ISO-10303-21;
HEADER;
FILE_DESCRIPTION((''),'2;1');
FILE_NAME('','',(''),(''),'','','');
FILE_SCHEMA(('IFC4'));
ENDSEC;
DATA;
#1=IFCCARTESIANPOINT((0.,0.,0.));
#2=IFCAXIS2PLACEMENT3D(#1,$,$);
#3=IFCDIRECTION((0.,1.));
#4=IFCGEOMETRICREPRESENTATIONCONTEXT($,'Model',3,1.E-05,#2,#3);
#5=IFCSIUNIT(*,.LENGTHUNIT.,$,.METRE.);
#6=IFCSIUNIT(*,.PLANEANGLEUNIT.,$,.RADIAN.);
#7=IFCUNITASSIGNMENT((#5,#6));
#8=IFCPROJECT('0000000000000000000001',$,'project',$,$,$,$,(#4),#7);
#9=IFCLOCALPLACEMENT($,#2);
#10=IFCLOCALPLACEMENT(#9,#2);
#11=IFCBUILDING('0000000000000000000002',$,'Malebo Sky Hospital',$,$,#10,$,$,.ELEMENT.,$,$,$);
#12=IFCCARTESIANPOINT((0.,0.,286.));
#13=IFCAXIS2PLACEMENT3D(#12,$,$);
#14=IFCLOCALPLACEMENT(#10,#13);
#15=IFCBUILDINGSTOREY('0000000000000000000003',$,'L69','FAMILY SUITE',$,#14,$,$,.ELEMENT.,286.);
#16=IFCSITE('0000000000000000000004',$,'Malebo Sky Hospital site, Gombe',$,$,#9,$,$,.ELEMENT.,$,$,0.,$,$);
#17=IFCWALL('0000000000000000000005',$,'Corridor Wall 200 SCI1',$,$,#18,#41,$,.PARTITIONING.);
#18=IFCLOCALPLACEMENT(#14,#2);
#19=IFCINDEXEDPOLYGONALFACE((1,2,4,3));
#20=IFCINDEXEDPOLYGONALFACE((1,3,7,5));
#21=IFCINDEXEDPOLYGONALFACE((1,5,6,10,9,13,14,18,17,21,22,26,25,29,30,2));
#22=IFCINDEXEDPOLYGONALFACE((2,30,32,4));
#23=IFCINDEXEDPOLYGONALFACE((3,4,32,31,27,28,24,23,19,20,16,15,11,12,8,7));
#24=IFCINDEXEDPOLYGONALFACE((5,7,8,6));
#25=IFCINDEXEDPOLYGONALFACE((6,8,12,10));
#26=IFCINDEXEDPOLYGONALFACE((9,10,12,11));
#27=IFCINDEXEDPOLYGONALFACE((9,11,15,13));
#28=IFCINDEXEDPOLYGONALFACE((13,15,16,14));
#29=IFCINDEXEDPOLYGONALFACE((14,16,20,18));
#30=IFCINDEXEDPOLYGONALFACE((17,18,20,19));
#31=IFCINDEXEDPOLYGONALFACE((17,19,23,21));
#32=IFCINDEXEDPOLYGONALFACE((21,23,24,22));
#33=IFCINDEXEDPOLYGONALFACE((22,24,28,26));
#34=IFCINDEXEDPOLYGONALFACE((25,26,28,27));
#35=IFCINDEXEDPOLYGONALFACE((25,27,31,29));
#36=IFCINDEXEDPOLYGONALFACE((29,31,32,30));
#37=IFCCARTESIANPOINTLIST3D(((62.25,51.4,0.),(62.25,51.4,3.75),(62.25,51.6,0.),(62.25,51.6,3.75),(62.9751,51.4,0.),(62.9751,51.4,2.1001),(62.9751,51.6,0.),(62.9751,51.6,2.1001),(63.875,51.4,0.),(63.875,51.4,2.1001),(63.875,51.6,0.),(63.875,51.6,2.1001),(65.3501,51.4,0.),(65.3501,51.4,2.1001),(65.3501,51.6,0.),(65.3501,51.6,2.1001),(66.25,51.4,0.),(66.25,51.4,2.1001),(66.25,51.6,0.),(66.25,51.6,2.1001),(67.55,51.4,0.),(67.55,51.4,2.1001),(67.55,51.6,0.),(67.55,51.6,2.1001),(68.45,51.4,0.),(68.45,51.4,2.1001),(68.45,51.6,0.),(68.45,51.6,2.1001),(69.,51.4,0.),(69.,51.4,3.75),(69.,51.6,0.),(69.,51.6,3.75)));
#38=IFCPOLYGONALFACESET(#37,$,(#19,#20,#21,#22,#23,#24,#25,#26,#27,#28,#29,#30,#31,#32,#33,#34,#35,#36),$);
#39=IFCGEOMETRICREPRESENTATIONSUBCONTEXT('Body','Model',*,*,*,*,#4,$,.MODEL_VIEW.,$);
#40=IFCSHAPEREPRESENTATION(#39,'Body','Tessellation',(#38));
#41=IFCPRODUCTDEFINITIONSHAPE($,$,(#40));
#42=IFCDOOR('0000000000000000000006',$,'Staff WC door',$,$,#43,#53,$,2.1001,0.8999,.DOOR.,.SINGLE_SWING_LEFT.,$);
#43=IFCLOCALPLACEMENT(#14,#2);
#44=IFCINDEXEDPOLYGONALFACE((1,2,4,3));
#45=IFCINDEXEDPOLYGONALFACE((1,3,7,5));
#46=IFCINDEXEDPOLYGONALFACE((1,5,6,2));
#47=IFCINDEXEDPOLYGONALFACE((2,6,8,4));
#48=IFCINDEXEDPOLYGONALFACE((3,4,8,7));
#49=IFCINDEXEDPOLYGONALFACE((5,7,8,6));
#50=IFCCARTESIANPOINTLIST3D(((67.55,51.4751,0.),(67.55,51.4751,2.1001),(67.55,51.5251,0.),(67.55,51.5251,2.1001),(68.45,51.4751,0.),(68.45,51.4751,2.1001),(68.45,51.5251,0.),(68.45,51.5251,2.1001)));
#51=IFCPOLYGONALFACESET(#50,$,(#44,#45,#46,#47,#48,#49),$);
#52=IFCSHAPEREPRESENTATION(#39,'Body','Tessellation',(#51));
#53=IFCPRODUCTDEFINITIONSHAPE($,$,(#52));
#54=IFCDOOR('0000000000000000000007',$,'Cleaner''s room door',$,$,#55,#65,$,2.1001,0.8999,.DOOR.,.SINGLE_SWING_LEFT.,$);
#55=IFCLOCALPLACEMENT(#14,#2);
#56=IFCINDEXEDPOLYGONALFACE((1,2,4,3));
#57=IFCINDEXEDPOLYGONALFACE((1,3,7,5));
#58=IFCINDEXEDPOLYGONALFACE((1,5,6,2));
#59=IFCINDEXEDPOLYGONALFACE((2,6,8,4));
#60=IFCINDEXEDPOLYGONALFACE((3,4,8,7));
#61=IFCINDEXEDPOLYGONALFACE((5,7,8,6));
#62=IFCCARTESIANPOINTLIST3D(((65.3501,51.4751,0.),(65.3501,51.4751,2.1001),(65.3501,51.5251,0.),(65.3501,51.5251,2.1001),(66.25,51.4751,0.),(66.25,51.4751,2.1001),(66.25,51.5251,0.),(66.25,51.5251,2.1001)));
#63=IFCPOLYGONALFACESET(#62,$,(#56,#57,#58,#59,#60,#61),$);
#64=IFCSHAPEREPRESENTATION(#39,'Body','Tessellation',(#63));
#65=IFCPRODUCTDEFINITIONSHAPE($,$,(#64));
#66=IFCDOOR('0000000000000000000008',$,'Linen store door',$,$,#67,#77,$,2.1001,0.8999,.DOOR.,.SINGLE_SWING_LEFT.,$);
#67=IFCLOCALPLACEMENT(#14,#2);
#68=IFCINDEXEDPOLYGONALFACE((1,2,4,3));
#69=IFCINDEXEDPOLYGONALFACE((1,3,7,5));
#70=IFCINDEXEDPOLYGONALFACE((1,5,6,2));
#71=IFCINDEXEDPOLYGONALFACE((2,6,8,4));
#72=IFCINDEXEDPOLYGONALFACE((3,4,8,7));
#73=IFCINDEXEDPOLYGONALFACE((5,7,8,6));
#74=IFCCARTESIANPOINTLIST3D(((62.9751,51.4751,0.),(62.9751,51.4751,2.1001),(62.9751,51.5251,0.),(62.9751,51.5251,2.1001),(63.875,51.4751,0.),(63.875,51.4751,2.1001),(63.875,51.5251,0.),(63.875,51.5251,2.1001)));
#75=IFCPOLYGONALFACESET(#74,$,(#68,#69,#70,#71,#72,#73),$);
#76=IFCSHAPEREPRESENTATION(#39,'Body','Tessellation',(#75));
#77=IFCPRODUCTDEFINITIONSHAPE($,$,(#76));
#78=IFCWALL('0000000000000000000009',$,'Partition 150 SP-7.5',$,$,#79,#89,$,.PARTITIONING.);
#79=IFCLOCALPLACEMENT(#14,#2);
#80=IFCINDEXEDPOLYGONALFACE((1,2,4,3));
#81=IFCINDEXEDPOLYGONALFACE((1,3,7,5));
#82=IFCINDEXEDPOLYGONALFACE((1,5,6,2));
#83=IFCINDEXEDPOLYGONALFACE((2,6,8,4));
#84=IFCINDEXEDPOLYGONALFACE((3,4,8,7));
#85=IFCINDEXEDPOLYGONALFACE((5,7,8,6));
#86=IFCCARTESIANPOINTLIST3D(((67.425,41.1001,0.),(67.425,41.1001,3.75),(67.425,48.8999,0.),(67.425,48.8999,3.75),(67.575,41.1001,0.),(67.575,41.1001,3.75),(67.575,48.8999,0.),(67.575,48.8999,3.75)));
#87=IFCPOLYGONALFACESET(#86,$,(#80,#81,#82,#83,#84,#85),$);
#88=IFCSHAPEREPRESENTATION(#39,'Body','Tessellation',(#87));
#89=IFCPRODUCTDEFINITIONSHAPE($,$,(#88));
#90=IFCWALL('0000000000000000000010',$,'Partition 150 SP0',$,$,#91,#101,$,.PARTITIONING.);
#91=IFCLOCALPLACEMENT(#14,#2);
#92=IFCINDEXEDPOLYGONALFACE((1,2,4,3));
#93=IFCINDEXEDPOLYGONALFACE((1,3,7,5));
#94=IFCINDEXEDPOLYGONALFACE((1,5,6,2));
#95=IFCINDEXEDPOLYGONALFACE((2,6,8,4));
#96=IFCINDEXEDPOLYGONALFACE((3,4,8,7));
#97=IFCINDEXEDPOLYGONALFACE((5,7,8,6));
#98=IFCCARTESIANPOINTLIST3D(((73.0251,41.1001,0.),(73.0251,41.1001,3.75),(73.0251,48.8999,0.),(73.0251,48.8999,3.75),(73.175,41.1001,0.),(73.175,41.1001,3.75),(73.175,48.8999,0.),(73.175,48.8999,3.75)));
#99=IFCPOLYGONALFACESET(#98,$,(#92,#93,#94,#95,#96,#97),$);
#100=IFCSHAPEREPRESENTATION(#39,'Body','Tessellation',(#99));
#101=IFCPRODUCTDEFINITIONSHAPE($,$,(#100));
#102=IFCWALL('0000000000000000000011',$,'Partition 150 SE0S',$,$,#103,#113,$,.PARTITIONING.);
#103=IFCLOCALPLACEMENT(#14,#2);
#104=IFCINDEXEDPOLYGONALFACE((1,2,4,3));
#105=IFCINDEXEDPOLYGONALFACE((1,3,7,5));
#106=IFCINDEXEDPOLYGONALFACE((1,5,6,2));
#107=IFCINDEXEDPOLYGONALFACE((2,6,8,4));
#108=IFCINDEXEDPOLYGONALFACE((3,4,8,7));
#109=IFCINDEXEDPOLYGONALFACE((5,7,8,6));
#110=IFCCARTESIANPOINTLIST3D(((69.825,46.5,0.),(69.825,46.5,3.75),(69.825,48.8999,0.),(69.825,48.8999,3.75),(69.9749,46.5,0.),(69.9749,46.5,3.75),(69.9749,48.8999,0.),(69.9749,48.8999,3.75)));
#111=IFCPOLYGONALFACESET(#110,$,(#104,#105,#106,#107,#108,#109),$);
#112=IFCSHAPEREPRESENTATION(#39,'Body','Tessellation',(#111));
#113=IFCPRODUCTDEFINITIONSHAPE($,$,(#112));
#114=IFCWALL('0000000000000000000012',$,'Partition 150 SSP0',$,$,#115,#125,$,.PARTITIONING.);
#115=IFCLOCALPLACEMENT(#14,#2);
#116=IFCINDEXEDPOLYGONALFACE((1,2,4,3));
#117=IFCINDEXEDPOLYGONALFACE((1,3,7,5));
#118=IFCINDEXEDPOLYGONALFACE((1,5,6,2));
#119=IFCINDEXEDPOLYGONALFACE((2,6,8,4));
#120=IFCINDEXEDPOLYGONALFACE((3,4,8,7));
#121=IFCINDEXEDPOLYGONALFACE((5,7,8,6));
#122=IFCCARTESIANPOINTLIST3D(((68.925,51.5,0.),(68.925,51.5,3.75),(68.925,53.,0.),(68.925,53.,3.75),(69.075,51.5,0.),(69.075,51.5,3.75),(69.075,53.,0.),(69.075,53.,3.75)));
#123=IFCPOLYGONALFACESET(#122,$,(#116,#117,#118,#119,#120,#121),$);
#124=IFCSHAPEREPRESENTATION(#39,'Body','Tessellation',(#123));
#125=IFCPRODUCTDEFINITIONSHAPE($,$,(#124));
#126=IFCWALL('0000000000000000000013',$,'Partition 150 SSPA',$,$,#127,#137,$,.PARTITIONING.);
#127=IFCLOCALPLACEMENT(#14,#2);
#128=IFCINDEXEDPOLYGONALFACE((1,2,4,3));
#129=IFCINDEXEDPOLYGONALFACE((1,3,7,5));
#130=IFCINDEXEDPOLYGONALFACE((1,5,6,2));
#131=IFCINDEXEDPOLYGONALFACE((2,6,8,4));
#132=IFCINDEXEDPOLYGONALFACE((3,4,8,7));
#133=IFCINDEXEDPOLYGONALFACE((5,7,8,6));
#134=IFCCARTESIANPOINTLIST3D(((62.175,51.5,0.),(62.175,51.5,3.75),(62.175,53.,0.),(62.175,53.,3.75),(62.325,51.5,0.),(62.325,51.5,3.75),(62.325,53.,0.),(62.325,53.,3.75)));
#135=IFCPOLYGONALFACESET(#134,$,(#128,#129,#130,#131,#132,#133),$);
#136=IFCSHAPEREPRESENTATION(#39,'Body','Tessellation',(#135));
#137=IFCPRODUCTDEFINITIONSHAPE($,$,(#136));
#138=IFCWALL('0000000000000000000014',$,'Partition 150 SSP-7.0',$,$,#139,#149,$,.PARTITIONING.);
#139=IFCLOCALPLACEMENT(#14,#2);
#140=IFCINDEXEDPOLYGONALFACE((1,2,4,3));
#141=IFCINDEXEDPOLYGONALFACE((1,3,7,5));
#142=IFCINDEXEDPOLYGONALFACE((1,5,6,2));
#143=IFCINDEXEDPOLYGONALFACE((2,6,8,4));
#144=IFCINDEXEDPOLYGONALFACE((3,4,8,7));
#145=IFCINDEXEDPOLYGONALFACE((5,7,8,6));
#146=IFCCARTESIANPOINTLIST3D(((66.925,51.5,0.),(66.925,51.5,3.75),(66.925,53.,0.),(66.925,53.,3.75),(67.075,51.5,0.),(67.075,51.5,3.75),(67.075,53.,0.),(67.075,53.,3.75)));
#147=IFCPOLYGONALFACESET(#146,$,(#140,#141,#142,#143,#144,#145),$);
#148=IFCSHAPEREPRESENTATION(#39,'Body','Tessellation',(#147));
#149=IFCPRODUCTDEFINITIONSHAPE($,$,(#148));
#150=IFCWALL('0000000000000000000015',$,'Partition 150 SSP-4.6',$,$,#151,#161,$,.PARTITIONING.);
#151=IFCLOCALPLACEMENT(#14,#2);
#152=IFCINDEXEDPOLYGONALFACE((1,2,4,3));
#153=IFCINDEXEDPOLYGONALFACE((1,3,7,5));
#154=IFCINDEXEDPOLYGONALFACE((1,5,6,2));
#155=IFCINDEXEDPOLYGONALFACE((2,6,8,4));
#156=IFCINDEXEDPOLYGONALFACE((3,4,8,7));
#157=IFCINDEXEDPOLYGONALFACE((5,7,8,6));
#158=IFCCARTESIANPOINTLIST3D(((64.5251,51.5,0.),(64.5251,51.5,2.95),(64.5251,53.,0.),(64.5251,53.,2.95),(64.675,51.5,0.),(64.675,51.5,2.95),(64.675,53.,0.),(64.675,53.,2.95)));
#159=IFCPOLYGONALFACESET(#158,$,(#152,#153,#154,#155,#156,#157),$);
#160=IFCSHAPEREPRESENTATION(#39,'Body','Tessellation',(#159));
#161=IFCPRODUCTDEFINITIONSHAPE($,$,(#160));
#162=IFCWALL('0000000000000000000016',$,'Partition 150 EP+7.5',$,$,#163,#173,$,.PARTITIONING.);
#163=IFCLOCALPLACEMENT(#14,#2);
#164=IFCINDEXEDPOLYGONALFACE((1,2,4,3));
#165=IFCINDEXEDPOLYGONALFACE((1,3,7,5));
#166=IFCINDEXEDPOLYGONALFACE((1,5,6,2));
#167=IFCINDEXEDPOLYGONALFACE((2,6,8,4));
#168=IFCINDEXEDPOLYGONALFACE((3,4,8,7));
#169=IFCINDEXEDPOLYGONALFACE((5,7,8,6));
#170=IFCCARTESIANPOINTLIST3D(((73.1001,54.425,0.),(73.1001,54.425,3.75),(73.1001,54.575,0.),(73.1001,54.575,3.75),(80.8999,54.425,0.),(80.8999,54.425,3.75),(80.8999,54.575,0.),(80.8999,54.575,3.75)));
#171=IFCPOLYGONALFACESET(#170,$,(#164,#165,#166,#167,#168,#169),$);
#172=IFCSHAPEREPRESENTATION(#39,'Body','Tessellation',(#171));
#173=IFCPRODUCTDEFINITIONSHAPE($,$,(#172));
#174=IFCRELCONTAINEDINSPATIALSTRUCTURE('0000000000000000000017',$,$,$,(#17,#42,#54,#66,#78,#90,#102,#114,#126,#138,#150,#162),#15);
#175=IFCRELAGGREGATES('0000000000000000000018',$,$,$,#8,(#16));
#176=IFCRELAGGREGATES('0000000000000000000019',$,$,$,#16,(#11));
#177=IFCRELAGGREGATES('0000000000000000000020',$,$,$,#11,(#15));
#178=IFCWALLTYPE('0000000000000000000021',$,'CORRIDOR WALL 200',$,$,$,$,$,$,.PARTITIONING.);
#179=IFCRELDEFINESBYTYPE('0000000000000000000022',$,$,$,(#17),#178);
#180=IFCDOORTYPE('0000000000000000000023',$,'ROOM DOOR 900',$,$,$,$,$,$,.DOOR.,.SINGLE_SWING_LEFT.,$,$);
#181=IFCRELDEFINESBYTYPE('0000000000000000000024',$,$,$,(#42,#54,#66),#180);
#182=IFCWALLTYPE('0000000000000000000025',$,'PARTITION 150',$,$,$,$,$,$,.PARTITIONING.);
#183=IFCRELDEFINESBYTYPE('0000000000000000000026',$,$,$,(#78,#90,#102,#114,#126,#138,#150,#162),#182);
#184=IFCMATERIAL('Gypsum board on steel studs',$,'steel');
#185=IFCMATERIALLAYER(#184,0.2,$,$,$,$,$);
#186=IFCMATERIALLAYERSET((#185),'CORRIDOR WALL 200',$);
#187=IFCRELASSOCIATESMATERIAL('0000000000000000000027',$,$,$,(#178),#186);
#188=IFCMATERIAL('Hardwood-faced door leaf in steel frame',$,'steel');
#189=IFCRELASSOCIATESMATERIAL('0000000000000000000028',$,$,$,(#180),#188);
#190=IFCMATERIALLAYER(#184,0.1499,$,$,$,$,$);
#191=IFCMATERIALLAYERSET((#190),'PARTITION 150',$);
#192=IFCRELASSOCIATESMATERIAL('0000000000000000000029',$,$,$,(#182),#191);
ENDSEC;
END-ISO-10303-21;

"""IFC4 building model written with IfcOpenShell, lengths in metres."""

from ifc_helpers import new_model, si_unit, direction, frame, frame_2d, origin, place, context, subcontext, project, spatial, rectangle, extrude, material, layer, layer_set, type_object, element, fill, save


model = new_model("IFC4")

# Units and contexts
model_context = context("Model", 3, precision=1e-05, world=origin(), true_north=direction((0.0, 1.0)))
body_context = subcontext(model_context, "Body", "Model", "MODEL_VIEW")
ifc_project = project(units=[si_unit("LENGTHUNIT", "METRE"), si_unit("PLANEANGLEUNIT", "RADIAN")], contexts=[model_context])

# Site, building, storey
site_placement = place(None, origin())
site = spatial("IfcSite", under=ifc_project, at=site_placement, Name="Malebo Sky Hospital site, Gombe", CompositionType="ELEMENT", RefElevation=0.0)
building_placement = place(site_placement, origin())
building = spatial("IfcBuilding", under=site, at=building_placement, Name="Malebo Sky Hospital", CompositionType="ELEMENT")
storey_placement = place(building_placement, frame((0.0, 0.0, 286.0)))
storey = spatial("IfcBuildingStorey", under=building, at=storey_placement, Name="L69", Description="FAMILY SUITE", CompositionType="ELEMENT", Elevation=286.0)

# Wall, openings, doors
ifc_material_1 = material(Name="Gypsum board on steel studs", Category="steel")
ifc_layer_1 = layer(ifc_material_1, 0.2)
ifc_layer_set_1 = layer_set([ifc_layer_1], Name="CORRIDOR WALL 200")
wall_type_1 = type_object("IfcWallType", Name="CORRIDOR WALL 200", PredefinedType="PARTITIONING", material=ifc_layer_set_1)
ifc_material_2 = material(Name="Hardwood-faced door leaf in steel frame", Category="steel")
wall_1_placement = place(storey_placement, frame((69.0, 51.5, 0.0), z_axis=(0.0, 0.0, 1.0), x_axis=(-1.0, 0.0, 0.0)))
wall_1 = element("IfcWall", 1, at=wall_1_placement, inside=storey, type_object=wall_type_1, Name="Corridor Wall 200 SCI1", PredefinedType="PARTITIONING", context=body_context, shape_type="SweptSolid", body=[
    extrude(rectangle(XDim=6.75, YDim=0.2, at=frame_2d((3.375, 0.0))), origin(), (0.0, 0.0, 1.0), 3.75),
])
opening_1_placement = place(wall_1_placement, frame((0.55, 0.0, 0.0)))
opening_1 = element("IfcOpeningElement", 2, at=opening_1_placement, cuts=wall_1, PredefinedType="OPENING", context=body_context, shape_type="SweptSolid", body=[
    extrude(rectangle(XDim=0.8999, YDim=2.1001, at=frame_2d((0.45, 1.05))), frame((0.0, 0.1099, 0.0), z_axis=(0.0, -1.0, 0.0), x_axis=(1.0, 0.0, 0.0)), (0.0, 0.0, 1.0), 0.22),
])
opening_2_placement = place(wall_1_placement, frame((2.75, 0.0, 0.0)))
opening_2 = element("IfcOpeningElement", 3, at=opening_2_placement, cuts=wall_1, PredefinedType="OPENING", context=body_context, shape_type="SweptSolid", body=[
    extrude(rectangle(XDim=0.8999, YDim=2.1001, at=frame_2d((0.45, 1.05))), frame((0.0, 0.1099, 0.0), z_axis=(0.0, -1.0, 0.0), x_axis=(1.0, 0.0, 0.0)), (0.0, 0.0, 1.0), 0.22),
])
opening_3_placement = place(wall_1_placement, frame((5.125, 0.0, 0.0)))
opening_3 = element("IfcOpeningElement", 4, at=opening_3_placement, cuts=wall_1, PredefinedType="OPENING", context=body_context, shape_type="SweptSolid", body=[
    extrude(rectangle(XDim=0.8999, YDim=2.1001, at=frame_2d((0.45, 1.05))), frame((0.0, 0.1099, 0.0), z_axis=(0.0, -1.0, 0.0), x_axis=(1.0, 0.0, 0.0)), (0.0, 0.0, 1.0), 0.22),
])
door_type_1 = type_object("IfcDoorType", Name="ROOM DOOR 900", OperationType="SINGLE_SWING_LEFT", PredefinedType="DOOR", material=ifc_material_2)
door_1_placement = place(opening_1_placement, origin())
door_1 = element("IfcDoor", 5, at=door_1_placement, inside=storey, type_object=door_type_1, Name="Staff WC door", OperationType="SINGLE_SWING_LEFT", OverallHeight=2.1001, OverallWidth=0.8999, PredefinedType="DOOR", context=body_context, shape_type="SweptSolid", body=[
    extrude(rectangle(XDim=0.8999, YDim=2.1001, at=frame_2d((0.45, 1.05))), frame((0.0, 0.0249, 0.0), z_axis=(0.0, -1.0, 0.0), x_axis=(1.0, 0.0, 0.0)), (0.0, 0.0, 1.0), 0.05),
])
fill(opening_1, door_1)
door_2_placement = place(opening_2_placement, origin())
door_2 = element("IfcDoor", 6, at=door_2_placement, inside=storey, type_object=door_type_1, Name="Cleaner's room door", OperationType="SINGLE_SWING_LEFT", OverallHeight=2.1001, OverallWidth=0.8999, PredefinedType="DOOR", context=body_context, shape_type="SweptSolid", body=[
    extrude(rectangle(XDim=0.8999, YDim=2.1001, at=frame_2d((0.45, 1.05))), frame((0.0, 0.0249, 0.0), z_axis=(0.0, -1.0, 0.0), x_axis=(1.0, 0.0, 0.0)), (0.0, 0.0, 1.0), 0.05),
])
fill(opening_2, door_2)
door_3_placement = place(opening_3_placement, origin())
door_3 = element("IfcDoor", 7, at=door_3_placement, inside=storey, type_object=door_type_1, Name="Linen store door", OperationType="SINGLE_SWING_LEFT", OverallHeight=2.1001, OverallWidth=0.8999, PredefinedType="DOOR", context=body_context, shape_type="SweptSolid", body=[
    extrude(rectangle(XDim=0.8999, YDim=2.1001, at=frame_2d((0.45, 1.05))), frame((0.0, 0.0249, 0.0), z_axis=(0.0, -1.0, 0.0), x_axis=(1.0, 0.0, 0.0)), (0.0, 0.0, 1.0), 0.05),
])
fill(opening_3, door_3)

# Walls
ifc_layer_2 = layer(ifc_material_1, 0.1499)
ifc_layer_set_2 = layer_set([ifc_layer_2], Name="PARTITION 150")
wall_type_2 = type_object("IfcWallType", Name="PARTITION 150", PredefinedType="PARTITIONING", material=ifc_layer_set_2)
for number, where, z_axis, x_axis, name in (
    (8, (67.5, 48.8999, 0.0), (0.0, 0.0, 1.0), (0.0, -1.0, 0.0), "Partition 150 SP-7.5"),
    (9, (73.1001, 48.8999, 0.0), (0.0, 0.0, 1.0), (0.0, -1.0, 0.0), "Partition 150 SP0"),
):
    element("IfcWall", number, at=place(storey_placement, frame(where, z_axis=z_axis, x_axis=x_axis)), inside=storey, type_object=wall_type_2, Name=name, PredefinedType="PARTITIONING", context=body_context, shape_type="SweptSolid", body=[
        extrude(rectangle(XDim=7.7998, YDim=0.1499, at=frame_2d((3.8999, 0.0))), origin(), (0.0, 0.0, 1.0), 3.75),
    ])
wall_2_placement = place(storey_placement, frame((69.8999, 48.8999, 0.0), z_axis=(0.0, 0.0, 1.0), x_axis=(0.0, -1.0, 0.0)))
element("IfcWall", 10, at=wall_2_placement, inside=storey, type_object=wall_type_2, Name="Partition 150 SE0S", PredefinedType="PARTITIONING", context=body_context, shape_type="SweptSolid", body=[
    extrude(rectangle(XDim=2.3999, YDim=0.1499, at=frame_2d((1.2, 0.0))), origin(), (0.0, 0.0, 1.0), 3.75),
])
for number, where, z_axis, x_axis, name in (
    (11, (69.0, 53.0, 0.0), (0.0, 0.0, 1.0), (0.0, -1.0, 0.0), "Partition 150 SSP0"),
    (12, (62.25, 53.0, 0.0), (0.0, 0.0, 1.0), (0.0, -1.0, 0.0), "Partition 150 SSPA"),
    (13, (67.0, 53.0, 0.0), (0.0, 0.0, 1.0), (0.0, -1.0, 0.0), "Partition 150 SSP-7.0"),
):
    element("IfcWall", number, at=place(storey_placement, frame(where, z_axis=z_axis, x_axis=x_axis)), inside=storey, type_object=wall_type_2, Name=name, PredefinedType="PARTITIONING", context=body_context, shape_type="SweptSolid", body=[
        extrude(rectangle(XDim=1.5, YDim=0.1499, at=frame_2d((0.75, 0.0))), origin(), (0.0, 0.0, 1.0), 3.75),
    ])
wall_3_placement = place(storey_placement, frame((64.6001, 53.0, 0.0), z_axis=(0.0, 0.0, 1.0), x_axis=(0.0, -1.0, 0.0)))
element("IfcWall", 14, at=wall_3_placement, inside=storey, type_object=wall_type_2, Name="Partition 150 SSP-4.6", PredefinedType="PARTITIONING", context=body_context, shape_type="SweptSolid", body=[
    extrude(rectangle(XDim=1.5, YDim=0.1499, at=frame_2d((0.75, 0.0))), origin(), (0.0, 0.0, 1.0), 2.95),
])
wall_4_placement = place(storey_placement, frame((73.1001, 54.5, 0.0), z_axis=(0.0, 0.0, 1.0), x_axis=(1.0, 0.0, 0.0)))
element("IfcWall", 15, at=wall_4_placement, inside=storey, type_object=wall_type_2, Name="Partition 150 EP+7.5", PredefinedType="PARTITIONING", context=body_context, shape_type="SweptSolid", body=[
    extrude(rectangle(XDim=7.7998, YDim=0.1499, at=frame_2d((3.8999, 0.0))), origin(), (0.0, 0.0, 1.0), 3.75),
])

save(model, "model.ifc")
